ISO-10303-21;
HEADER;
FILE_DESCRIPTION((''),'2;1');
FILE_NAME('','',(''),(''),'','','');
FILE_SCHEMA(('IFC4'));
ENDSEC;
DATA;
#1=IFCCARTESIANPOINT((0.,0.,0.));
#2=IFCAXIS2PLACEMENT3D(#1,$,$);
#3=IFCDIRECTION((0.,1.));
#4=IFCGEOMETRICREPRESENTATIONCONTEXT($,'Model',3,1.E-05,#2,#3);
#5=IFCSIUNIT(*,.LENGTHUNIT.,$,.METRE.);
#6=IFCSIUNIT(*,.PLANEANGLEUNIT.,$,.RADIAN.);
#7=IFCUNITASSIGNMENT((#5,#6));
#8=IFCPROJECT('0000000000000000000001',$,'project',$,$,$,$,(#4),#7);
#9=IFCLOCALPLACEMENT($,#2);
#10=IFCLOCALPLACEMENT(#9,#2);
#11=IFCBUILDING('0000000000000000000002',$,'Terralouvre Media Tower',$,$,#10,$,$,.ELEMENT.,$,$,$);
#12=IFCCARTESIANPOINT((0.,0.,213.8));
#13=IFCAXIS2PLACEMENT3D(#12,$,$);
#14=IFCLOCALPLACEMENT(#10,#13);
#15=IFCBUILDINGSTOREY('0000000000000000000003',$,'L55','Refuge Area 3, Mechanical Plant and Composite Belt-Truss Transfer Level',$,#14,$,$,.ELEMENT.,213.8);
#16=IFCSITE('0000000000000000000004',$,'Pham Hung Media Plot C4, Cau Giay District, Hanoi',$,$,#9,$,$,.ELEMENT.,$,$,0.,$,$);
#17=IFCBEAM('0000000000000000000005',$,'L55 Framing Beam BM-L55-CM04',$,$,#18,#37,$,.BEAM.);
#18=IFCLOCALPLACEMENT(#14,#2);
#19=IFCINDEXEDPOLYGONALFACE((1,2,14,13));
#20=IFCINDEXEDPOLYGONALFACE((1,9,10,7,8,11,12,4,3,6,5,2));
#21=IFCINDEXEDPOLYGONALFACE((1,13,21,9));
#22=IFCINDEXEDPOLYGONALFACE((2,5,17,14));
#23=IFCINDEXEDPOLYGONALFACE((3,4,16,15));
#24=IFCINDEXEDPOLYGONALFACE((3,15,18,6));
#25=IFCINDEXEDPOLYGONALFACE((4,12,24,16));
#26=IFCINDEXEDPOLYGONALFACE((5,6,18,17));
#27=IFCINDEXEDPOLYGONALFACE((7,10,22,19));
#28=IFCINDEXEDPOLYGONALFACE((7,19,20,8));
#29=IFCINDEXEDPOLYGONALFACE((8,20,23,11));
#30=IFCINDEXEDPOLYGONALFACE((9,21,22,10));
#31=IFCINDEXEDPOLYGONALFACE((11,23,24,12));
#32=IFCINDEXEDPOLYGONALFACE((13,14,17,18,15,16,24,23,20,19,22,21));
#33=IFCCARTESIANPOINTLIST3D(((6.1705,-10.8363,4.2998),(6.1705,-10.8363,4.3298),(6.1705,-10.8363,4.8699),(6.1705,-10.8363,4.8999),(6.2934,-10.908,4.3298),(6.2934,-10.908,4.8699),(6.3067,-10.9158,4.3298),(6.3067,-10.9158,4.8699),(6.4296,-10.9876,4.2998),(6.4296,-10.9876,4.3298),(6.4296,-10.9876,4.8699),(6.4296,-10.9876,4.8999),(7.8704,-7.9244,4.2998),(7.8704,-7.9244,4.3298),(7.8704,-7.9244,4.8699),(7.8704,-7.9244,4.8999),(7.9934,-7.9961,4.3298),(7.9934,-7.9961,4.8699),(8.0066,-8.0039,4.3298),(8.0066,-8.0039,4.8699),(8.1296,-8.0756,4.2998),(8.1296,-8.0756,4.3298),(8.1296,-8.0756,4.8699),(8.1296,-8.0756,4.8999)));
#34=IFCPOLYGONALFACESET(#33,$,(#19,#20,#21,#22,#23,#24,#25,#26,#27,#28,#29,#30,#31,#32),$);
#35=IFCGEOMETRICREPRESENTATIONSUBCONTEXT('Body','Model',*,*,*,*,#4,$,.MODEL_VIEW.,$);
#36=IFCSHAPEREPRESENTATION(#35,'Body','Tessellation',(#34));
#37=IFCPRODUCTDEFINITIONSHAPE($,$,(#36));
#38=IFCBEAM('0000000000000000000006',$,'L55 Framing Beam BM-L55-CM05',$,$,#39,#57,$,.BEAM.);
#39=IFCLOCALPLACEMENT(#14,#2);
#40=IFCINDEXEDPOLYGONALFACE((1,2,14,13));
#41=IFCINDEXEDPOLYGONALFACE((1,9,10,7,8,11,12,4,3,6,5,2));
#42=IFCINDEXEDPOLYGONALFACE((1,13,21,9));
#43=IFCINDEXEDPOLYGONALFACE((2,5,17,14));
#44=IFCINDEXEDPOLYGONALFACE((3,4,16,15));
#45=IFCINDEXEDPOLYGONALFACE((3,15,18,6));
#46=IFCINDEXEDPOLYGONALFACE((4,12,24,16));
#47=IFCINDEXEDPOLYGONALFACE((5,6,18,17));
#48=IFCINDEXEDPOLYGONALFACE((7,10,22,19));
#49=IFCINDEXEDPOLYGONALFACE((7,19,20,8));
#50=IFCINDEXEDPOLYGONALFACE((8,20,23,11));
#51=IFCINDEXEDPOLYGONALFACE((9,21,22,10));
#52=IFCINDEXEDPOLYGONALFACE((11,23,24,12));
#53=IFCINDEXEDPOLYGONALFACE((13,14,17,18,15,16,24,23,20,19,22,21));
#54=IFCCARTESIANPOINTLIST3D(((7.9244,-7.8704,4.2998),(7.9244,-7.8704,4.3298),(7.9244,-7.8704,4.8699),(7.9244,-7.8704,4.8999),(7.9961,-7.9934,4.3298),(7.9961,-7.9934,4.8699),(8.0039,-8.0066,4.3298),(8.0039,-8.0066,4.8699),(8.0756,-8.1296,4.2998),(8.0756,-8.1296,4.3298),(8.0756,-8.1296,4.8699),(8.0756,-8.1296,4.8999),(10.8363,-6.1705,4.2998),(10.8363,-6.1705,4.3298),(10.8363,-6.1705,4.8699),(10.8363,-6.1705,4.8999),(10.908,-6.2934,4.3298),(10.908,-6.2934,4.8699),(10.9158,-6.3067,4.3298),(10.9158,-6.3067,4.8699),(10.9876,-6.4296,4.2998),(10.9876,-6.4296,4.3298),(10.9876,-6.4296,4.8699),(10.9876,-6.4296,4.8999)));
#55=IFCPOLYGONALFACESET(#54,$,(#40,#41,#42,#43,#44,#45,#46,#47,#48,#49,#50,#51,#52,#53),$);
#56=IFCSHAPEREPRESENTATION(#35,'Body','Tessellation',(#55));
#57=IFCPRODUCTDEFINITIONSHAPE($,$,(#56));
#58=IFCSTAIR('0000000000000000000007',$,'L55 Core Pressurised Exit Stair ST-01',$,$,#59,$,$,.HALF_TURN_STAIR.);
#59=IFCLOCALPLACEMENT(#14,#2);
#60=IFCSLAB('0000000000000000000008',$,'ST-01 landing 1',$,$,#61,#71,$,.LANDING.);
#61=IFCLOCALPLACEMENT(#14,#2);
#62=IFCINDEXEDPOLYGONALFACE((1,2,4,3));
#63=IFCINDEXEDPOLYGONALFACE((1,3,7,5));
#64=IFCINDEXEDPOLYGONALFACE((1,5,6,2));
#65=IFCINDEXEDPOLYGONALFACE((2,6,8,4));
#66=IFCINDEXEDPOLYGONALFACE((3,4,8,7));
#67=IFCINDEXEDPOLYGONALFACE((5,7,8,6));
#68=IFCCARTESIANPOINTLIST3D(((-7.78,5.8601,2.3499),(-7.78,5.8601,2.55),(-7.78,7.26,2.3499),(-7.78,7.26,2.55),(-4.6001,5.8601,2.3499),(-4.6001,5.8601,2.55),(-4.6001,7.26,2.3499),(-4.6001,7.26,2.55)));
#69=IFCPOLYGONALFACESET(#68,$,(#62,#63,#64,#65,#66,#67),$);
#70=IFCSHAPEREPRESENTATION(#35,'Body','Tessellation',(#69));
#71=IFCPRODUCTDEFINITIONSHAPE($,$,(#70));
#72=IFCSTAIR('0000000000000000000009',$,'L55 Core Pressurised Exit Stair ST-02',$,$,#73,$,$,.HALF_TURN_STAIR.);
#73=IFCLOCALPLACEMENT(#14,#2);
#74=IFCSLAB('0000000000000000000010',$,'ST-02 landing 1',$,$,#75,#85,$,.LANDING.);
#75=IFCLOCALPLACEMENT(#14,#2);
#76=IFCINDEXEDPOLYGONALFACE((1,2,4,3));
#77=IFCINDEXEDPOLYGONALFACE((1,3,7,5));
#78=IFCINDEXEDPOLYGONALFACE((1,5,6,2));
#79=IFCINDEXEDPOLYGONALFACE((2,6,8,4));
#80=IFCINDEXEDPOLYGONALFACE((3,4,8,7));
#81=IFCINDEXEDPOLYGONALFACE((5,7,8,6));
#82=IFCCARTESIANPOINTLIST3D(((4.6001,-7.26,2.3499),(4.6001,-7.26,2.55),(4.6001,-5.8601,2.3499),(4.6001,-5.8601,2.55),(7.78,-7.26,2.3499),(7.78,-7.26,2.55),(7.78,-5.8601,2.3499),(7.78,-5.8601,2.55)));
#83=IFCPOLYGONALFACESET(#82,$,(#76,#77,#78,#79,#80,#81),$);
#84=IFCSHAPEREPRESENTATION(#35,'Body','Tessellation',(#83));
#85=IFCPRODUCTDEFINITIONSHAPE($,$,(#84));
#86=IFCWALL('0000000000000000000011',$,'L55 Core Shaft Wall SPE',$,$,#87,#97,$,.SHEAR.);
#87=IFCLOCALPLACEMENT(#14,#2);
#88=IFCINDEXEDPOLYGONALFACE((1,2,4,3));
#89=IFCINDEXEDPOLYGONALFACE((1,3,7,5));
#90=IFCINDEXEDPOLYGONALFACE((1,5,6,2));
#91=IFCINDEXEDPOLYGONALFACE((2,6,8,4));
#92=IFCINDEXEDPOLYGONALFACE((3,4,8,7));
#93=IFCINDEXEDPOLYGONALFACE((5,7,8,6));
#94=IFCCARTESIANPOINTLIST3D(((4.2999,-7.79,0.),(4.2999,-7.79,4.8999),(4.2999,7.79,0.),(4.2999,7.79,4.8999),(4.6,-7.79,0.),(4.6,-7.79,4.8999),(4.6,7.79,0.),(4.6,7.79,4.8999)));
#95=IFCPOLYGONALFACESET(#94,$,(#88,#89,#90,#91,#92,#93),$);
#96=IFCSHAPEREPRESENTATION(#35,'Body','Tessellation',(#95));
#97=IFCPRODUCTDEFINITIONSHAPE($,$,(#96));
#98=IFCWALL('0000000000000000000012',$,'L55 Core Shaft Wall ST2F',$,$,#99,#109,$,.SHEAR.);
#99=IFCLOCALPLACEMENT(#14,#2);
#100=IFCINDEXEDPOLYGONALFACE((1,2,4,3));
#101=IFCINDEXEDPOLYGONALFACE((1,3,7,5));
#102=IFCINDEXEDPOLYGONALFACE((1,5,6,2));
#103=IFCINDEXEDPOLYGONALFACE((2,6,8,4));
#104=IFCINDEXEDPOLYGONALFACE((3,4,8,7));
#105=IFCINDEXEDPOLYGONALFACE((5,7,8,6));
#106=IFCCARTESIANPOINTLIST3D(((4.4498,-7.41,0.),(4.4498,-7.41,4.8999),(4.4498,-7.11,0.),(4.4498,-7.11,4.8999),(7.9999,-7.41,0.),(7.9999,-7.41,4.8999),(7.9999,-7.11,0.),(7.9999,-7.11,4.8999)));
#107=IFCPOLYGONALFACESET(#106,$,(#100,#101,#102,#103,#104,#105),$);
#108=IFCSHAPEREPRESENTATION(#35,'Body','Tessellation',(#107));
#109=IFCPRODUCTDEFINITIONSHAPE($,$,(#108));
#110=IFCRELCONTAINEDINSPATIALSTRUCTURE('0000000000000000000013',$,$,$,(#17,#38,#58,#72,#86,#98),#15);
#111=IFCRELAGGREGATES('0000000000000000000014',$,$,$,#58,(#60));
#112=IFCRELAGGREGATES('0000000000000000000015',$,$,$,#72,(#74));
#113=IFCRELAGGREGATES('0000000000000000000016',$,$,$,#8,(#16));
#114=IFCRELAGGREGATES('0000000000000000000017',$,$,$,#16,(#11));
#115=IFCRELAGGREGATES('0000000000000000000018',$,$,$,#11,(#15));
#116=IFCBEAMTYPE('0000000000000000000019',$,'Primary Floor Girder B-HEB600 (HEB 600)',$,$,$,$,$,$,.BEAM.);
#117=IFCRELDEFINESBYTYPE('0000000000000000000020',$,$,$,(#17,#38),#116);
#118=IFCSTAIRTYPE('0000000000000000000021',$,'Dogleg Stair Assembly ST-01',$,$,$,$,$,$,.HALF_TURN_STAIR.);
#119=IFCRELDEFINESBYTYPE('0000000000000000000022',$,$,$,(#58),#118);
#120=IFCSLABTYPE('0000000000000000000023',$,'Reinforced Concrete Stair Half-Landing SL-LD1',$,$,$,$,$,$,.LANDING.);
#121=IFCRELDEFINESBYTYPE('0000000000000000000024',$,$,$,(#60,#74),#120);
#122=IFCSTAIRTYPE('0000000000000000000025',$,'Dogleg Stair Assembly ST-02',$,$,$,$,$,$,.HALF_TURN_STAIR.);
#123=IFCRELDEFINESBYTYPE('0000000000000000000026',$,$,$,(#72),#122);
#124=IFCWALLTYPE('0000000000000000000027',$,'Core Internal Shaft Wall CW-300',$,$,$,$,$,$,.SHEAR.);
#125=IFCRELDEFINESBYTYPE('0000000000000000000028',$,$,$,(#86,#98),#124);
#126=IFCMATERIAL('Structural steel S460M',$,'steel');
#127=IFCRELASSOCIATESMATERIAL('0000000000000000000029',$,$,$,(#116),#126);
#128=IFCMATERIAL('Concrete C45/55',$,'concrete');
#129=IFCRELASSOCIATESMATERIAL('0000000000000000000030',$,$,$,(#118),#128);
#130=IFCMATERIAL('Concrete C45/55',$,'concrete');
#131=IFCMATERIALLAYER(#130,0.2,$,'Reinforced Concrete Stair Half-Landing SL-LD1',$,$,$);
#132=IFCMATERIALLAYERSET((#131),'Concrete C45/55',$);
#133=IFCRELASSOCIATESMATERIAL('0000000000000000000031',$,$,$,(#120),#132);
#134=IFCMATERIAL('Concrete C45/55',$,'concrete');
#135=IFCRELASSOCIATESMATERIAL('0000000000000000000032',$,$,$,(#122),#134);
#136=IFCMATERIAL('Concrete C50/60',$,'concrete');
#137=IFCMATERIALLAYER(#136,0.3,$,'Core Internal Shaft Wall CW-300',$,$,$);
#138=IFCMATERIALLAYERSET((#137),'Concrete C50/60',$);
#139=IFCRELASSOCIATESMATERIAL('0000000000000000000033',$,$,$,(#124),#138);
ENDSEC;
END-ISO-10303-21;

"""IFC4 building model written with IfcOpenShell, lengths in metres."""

from ifc_helpers import new_model, si_unit, direction, frame, frame_2d, origin, origin_2d, place, context, subcontext, project, spatial, polyline, rectangle, i_section, outline, extrude, material, layer, layer_set, material_profile, profile_set, type_object, element, aggregate, save


model = new_model("IFC4")

# Units and contexts
model_context = context("Model", 3, precision=1e-05, world=origin(), true_north=direction((0.0, 1.0)))
body_context = subcontext(model_context, "Body", "Model", "MODEL_VIEW")
ifc_project = project(units=[si_unit("LENGTHUNIT", "METRE"), si_unit("PLANEANGLEUNIT", "RADIAN")], contexts=[model_context])

# Site, building, storey
site_placement = place(None, origin())
site = spatial("IfcSite", under=ifc_project, at=site_placement, Name="Pham Hung Media Plot C4, Cau Giay District, Hanoi", CompositionType="ELEMENT", RefElevation=0.0)
building_placement = place(site_placement, origin())
building = spatial("IfcBuilding", under=site, at=building_placement, Name="Terralouvre Media Tower", CompositionType="ELEMENT")
storey_placement = place(building_placement, frame((0.0, 0.0, 213.8)))
storey = spatial("IfcBuildingStorey", under=building, at=storey_placement, Name="L55", Description="Refuge Area 3, Mechanical Plant and Composite Belt-Truss Transfer Level", CompositionType="ELEMENT", Elevation=213.8)

# Beams
ifc_material_1 = material(Name="Structural steel S460M", Category="steel")
ifc_material_profile = material_profile(ifc_material_1, i_section(OverallWidth=0.3, OverallDepth=0.6001, WebThickness=0.0154, FlangeThickness=0.03, at=origin_2d()), Name="HEB 600")
ifc_profile_set = profile_set([ifc_material_profile], Name="Structural steel S460M")
beam_type = type_object("IfcBeamType", Name="Primary Floor Girder B-HEB600 (HEB 600)", PredefinedType="BEAM", material=ifc_profile_set)
for number, where, z_axis, x_axis, name in (
    (1, (8.0, -8.0, 4.5999), (-0.504173, -0.863603, 0.0), (0.863603, -0.504173, 0.0), "L55 Framing Beam BM-L55-CM04"),
    (2, (8.0, -8.0, 4.5999), (0.863603, 0.504173, 0.0), (-0.504173, 0.863603, 0.0), "L55 Framing Beam BM-L55-CM05"),
):
    element("IfcBeam", number, at=place(storey_placement, frame(where, z_axis=z_axis, x_axis=x_axis)), inside=storey, type_object=beam_type, Name=name, PredefinedType="BEAM", context=body_context, shape_type="SweptSolid", body=[
        extrude(i_section(OverallWidth=0.3, OverallDepth=0.6001, WebThickness=0.0154, FlangeThickness=0.03, at=origin_2d()), origin(), (0.0, 0.0, 1.0), 3.3718),
    ])

# Stairs, slabs
ifc_material_2 = material(Name="Concrete C45/55", Category="concrete")
stair_type_1 = type_object("IfcStairType", Name="Dogleg Stair Assembly ST-01", PredefinedType="HALF_TURN_STAIR", material=ifc_material_2)
stair_1_placement = place(storey_placement, origin())
stair_1 = element("IfcStair", 3, at=stair_1_placement, inside=storey, type_object=stair_type_1, Name="L55 Core Pressurised Exit Stair ST-01", PredefinedType="HALF_TURN_STAIR")
ifc_material_3 = material(Name="Concrete C45/55", Category="concrete")
ifc_layer_1 = layer(ifc_material_3, 0.2, Name="Reinforced Concrete Stair Half-Landing SL-LD1")
ifc_layer_set_1 = layer_set([ifc_layer_1], Name="Concrete C45/55")
slab_type = type_object("IfcSlabType", Name="Reinforced Concrete Stair Half-Landing SL-LD1", PredefinedType="LANDING", material=ifc_layer_set_1)
slab_1_placement = place(storey_placement, frame((0.0, 0.0, 2.3499)))
slab_1 = element("IfcSlab", 4, at=slab_1_placement, type_object=slab_type, Name="ST-01 landing 1", PredefinedType="LANDING", context=body_context, shape_type="SweptSolid", body=[
    extrude(outline(polyline([(-4.6001, 5.8601), (-4.6001, 7.26), (-7.78, 7.26), (-7.78, 5.8601), (-4.6001, 5.8601)])), origin(), (0.0, 0.0, 1.0), 0.2002),
])
aggregate(stair_1, [slab_1])
ifc_material_4 = material(Name="Concrete C45/55", Category="concrete")
stair_type_2 = type_object("IfcStairType", Name="Dogleg Stair Assembly ST-02", PredefinedType="HALF_TURN_STAIR", material=ifc_material_4)
stair_2_placement = place(storey_placement, origin())
stair_2 = element("IfcStair", 5, at=stair_2_placement, inside=storey, type_object=stair_type_2, Name="L55 Core Pressurised Exit Stair ST-02", PredefinedType="HALF_TURN_STAIR")
slab_2_placement = place(storey_placement, frame((0.0, 0.0, 2.3499)))
slab_2 = element("IfcSlab", 6, at=slab_2_placement, type_object=slab_type, Name="ST-02 landing 1", PredefinedType="LANDING", context=body_context, shape_type="SweptSolid", body=[
    extrude(outline(polyline([(4.6001, -5.8601), (4.6001, -7.26), (7.78, -7.26), (7.78, -5.8601), (4.6001, -5.8601)])), origin(), (0.0, 0.0, 1.0), 0.2002),
])

# Wall
ifc_material_5 = material(Name="Concrete C50/60", Category="concrete")
ifc_layer_2 = layer(ifc_material_5, 0.3, Name="Core Internal Shaft Wall CW-300")
ifc_layer_set_2 = layer_set([ifc_layer_2], Name="Concrete C50/60")
wall_type = type_object("IfcWallType", Name="Core Internal Shaft Wall CW-300", PredefinedType="SHEAR", material=ifc_layer_set_2)
wall_1_placement = place(storey_placement, frame((4.45, -7.79, 0.0), z_axis=(0.0, 0.0, 1.0), x_axis=(0.0, 1.0, 0.0)))
element("IfcWall", 7, at=wall_1_placement, inside=storey, type_object=wall_type, Name="L55 Core Shaft Wall SPE", PredefinedType="SHEAR", context=body_context, shape_type="SweptSolid", body=[
    extrude(rectangle(XDim=15.5801, YDim=0.3, at=frame_2d((7.79, 0.0))), origin(), (0.0, 0.0, 1.0), 4.8999),
])

# Wall
wall_2_placement = place(storey_placement, frame((4.45, -7.26, 0.0), z_axis=(0.0, 0.0, 1.0), x_axis=(1.0, 0.0, 0.0)))
element("IfcWall", 8, at=wall_2_placement, inside=storey, type_object=wall_type, Name="L55 Core Shaft Wall ST2F", PredefinedType="SHEAR", context=body_context, shape_type="SweptSolid", body=[
    extrude(rectangle(XDim=3.55, YDim=0.3, at=frame_2d((1.7749, 0.0))), origin(), (0.0, 0.0, 1.0), 4.8999),
])

aggregate(stair_2, [slab_2])

save(model, "model.ifc")
